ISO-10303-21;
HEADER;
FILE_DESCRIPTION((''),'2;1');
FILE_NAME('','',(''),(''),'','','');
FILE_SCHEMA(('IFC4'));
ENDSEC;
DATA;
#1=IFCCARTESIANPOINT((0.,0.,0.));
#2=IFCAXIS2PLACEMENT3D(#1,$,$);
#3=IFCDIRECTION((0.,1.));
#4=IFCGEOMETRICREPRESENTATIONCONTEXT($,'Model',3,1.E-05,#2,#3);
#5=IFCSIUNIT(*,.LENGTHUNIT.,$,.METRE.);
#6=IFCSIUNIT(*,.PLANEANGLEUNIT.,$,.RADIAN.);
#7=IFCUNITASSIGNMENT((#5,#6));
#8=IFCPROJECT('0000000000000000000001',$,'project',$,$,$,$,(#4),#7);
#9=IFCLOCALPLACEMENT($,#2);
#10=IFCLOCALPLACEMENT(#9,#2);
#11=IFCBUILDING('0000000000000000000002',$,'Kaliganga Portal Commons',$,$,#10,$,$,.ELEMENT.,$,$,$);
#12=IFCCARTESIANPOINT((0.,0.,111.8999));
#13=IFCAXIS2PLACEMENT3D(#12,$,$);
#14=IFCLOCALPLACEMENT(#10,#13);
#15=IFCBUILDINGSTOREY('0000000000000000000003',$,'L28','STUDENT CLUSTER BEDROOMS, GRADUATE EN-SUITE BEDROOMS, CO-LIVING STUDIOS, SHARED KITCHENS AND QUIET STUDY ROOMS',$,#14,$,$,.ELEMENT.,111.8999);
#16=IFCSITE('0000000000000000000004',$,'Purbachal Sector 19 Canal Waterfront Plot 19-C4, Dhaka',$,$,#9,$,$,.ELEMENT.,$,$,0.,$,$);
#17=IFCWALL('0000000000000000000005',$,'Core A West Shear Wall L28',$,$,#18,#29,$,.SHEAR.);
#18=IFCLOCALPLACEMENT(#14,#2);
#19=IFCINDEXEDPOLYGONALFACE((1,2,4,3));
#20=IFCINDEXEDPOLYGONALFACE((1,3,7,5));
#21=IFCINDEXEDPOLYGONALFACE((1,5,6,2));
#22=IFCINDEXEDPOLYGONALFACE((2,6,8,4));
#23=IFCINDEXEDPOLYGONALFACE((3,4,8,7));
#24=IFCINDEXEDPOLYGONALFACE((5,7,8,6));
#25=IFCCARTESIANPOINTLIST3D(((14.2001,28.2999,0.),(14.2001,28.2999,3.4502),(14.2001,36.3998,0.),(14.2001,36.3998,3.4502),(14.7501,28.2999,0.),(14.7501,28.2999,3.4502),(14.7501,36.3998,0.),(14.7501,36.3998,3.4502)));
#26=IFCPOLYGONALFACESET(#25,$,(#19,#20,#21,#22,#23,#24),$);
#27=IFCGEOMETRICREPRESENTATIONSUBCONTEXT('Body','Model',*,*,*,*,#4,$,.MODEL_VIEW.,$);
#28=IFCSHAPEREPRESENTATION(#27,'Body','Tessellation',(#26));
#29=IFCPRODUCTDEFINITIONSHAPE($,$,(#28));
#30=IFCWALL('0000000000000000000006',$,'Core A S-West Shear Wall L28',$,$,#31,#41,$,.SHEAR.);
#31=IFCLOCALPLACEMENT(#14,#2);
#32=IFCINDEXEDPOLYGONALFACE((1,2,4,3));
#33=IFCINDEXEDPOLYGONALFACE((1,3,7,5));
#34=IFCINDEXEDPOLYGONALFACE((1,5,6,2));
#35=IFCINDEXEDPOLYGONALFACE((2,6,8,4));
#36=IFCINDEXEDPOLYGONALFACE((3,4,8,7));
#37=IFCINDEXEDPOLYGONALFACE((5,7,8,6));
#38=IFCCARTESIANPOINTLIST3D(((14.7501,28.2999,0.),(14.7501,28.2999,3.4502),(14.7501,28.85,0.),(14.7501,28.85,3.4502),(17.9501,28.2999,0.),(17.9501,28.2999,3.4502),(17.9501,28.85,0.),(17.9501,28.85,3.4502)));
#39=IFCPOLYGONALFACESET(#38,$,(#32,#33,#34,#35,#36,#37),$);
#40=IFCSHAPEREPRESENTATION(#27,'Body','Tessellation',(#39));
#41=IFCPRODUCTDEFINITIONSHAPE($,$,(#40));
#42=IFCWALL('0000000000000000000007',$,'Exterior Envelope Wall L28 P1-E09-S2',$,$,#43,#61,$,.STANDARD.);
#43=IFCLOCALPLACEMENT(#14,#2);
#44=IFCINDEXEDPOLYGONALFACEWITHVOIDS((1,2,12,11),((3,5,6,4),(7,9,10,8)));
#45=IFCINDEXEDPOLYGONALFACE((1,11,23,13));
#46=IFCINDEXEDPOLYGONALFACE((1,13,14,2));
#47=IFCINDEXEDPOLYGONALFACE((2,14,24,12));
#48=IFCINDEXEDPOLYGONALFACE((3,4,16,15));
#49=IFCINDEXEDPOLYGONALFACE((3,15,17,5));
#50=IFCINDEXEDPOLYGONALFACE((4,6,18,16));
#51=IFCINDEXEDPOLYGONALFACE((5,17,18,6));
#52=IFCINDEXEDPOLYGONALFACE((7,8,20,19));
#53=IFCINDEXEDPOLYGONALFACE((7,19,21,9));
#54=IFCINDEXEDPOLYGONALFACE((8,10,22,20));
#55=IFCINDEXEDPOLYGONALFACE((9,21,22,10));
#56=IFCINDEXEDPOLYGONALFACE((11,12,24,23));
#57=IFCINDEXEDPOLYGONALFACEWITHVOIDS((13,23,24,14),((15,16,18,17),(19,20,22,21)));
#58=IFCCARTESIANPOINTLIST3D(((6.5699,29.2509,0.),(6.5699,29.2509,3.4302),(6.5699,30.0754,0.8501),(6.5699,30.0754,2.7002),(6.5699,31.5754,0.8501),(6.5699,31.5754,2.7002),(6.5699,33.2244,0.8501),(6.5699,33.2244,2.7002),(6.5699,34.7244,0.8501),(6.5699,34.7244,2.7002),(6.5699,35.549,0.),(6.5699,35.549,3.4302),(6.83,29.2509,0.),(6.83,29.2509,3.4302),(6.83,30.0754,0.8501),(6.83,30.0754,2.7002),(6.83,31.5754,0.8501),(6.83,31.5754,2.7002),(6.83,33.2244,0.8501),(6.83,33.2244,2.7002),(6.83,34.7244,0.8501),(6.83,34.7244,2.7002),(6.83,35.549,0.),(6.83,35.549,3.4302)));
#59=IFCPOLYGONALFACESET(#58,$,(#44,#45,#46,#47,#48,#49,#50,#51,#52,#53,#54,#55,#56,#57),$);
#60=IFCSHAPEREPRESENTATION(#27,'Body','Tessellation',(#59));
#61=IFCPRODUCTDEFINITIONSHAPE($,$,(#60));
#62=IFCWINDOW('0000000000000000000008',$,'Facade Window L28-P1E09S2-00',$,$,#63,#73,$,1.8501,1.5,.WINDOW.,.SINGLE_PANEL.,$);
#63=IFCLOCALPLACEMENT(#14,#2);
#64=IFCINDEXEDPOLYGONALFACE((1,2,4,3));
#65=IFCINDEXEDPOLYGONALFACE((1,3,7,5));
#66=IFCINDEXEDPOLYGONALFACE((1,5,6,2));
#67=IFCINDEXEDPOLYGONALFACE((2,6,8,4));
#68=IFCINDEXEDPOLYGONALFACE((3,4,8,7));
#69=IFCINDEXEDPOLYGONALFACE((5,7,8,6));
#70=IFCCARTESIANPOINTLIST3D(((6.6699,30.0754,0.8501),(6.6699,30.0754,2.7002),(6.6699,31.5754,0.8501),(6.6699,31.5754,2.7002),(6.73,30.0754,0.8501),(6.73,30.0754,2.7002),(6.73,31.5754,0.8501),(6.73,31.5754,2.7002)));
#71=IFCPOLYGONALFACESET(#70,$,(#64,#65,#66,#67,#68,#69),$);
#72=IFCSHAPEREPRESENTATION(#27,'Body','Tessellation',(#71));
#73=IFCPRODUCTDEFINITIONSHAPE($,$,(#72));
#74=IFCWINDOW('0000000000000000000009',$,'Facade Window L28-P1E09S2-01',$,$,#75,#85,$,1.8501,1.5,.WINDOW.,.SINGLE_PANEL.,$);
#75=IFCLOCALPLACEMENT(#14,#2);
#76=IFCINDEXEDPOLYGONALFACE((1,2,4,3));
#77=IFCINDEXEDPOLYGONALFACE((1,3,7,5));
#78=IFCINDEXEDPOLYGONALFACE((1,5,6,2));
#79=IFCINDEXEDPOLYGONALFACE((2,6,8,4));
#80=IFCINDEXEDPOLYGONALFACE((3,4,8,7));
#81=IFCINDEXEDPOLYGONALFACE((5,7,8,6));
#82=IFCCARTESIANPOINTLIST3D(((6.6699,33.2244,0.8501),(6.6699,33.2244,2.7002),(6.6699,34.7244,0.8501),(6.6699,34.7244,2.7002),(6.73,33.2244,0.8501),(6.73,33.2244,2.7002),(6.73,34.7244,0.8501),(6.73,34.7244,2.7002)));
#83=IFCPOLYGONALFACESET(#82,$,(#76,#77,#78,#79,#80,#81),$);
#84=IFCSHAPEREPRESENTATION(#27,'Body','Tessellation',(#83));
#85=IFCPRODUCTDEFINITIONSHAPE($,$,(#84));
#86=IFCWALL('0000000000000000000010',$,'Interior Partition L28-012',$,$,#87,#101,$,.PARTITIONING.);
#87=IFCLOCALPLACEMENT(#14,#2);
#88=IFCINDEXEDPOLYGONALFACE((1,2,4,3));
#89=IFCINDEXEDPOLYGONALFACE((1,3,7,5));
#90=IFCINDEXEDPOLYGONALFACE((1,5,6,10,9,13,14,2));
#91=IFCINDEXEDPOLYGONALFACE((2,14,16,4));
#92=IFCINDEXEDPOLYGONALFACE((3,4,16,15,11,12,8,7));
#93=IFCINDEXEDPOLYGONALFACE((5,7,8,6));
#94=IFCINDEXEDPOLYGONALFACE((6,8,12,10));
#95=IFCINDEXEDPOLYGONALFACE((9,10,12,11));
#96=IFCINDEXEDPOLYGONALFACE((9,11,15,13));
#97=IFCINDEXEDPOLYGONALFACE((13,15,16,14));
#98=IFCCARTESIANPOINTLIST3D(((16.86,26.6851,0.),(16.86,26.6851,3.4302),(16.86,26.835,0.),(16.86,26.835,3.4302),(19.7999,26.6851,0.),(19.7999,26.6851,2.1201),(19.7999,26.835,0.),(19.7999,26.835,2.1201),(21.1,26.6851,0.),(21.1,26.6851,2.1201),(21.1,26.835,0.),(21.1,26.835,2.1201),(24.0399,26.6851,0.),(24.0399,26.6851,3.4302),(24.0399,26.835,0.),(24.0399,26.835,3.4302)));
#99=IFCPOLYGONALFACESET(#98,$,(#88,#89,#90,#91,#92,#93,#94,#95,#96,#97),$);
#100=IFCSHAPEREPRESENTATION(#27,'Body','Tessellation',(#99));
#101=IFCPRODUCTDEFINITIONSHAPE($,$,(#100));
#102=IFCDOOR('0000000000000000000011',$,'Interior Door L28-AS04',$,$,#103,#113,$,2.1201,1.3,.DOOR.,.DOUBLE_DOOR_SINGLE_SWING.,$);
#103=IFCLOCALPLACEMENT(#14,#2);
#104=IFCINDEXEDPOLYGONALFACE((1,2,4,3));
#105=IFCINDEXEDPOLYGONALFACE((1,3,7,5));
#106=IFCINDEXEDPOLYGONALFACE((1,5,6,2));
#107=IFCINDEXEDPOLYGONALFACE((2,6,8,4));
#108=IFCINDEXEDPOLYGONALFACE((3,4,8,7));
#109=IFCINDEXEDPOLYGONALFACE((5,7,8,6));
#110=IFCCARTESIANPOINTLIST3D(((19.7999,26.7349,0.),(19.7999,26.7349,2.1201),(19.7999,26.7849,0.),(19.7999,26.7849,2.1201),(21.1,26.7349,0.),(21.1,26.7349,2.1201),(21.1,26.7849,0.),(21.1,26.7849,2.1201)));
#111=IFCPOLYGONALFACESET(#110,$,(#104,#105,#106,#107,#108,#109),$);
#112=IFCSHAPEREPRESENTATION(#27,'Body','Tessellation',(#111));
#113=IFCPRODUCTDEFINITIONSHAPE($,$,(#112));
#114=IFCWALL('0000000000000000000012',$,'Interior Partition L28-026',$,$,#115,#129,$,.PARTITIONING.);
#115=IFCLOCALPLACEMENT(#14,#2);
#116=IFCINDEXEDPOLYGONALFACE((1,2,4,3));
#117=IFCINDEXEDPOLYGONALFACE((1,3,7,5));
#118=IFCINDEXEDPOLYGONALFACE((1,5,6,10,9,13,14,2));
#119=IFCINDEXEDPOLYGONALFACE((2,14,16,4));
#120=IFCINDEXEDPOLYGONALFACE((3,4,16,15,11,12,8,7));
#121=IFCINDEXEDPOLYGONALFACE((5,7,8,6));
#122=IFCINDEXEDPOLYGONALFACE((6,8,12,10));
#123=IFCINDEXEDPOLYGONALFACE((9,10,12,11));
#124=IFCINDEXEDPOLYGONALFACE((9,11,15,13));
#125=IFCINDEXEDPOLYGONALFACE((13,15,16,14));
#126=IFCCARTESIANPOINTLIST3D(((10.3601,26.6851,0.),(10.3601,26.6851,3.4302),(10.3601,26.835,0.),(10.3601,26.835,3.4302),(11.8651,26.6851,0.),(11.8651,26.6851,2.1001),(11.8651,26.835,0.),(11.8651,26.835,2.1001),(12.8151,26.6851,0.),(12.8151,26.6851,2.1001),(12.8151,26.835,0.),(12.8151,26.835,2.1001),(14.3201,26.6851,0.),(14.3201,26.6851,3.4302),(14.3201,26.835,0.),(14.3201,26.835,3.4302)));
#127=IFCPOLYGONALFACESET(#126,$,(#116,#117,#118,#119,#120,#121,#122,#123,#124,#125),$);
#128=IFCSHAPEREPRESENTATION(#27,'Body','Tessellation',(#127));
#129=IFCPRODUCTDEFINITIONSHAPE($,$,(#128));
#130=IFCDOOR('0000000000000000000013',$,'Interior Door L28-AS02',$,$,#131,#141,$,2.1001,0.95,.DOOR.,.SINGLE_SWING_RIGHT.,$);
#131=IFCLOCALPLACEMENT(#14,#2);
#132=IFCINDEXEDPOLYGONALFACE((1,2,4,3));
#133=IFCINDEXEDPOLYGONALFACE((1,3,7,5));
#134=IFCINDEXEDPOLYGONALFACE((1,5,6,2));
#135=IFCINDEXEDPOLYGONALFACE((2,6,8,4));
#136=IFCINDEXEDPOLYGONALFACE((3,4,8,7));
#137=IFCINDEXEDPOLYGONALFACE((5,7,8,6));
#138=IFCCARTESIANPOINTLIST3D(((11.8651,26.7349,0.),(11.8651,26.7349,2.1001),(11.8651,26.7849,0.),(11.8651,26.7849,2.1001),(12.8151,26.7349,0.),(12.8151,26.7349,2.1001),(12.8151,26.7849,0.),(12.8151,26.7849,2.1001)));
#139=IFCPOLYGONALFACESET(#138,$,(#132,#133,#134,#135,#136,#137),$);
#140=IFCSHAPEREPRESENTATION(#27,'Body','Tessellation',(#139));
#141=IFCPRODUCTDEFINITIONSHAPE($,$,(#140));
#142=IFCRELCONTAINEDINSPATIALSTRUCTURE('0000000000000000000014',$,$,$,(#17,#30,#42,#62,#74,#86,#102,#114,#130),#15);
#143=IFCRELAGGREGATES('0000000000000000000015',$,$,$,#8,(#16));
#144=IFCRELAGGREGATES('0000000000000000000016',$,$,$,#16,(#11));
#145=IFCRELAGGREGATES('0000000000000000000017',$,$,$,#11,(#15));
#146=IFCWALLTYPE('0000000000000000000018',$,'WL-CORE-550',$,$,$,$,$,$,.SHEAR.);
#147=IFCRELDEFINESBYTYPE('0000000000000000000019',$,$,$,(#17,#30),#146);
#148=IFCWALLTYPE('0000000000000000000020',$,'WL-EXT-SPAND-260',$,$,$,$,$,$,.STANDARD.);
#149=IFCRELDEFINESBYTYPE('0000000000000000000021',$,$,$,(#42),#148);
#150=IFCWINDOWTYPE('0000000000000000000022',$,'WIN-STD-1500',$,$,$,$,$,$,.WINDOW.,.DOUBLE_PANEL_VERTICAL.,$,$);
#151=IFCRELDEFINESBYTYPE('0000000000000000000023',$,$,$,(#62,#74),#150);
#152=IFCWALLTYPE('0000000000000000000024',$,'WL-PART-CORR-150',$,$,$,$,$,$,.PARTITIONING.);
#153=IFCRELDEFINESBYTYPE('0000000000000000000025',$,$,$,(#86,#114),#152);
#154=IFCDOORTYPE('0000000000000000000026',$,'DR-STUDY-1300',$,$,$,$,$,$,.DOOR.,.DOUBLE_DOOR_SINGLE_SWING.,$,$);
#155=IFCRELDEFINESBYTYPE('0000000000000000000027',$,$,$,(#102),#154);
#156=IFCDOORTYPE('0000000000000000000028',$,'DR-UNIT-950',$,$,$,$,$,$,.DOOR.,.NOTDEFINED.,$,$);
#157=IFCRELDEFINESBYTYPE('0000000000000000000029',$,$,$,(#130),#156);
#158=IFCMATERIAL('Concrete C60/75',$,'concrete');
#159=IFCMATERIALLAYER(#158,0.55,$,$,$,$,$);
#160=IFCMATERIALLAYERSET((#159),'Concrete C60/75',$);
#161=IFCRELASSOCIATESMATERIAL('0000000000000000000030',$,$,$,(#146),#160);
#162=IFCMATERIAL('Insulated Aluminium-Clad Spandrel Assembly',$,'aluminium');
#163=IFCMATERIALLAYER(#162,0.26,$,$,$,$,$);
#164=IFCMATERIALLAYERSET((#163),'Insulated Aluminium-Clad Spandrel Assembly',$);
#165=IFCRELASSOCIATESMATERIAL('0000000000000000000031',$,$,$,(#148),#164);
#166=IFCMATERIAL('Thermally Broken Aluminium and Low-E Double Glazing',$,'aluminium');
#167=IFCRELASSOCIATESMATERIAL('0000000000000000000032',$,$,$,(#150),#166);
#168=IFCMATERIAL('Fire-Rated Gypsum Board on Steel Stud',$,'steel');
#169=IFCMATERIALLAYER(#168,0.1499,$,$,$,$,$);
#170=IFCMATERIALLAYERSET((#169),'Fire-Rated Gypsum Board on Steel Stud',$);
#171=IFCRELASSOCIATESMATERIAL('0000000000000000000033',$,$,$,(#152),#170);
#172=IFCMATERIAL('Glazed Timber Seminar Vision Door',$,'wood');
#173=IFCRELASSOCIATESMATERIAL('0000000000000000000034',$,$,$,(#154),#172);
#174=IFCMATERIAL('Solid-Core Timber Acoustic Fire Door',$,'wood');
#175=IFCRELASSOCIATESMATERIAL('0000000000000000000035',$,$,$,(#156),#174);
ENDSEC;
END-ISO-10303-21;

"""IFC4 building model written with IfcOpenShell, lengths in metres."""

from ifc_helpers import new_model, si_unit, direction, frame, frame_2d, origin, place, context, subcontext, project, spatial, rectangle, extrude, material, layer, layer_set, type_object, element, fill, save


model = new_model("IFC4")

# Units and contexts
model_context = context("Model", 3, precision=1e-05, world=origin(), true_north=direction((0.0, 1.0)))
body_context = subcontext(model_context, "Body", "Model", "MODEL_VIEW")
ifc_project = project(units=[si_unit("LENGTHUNIT", "METRE"), si_unit("PLANEANGLEUNIT", "RADIAN")], contexts=[model_context])

# Site, building, storey
site_placement = place(None, origin())
site = spatial("IfcSite", under=ifc_project, at=site_placement, Name="Purbachal Sector 19 Canal Waterfront Plot 19-C4, Dhaka", CompositionType="ELEMENT", RefElevation=0.0)
building_placement = place(site_placement, origin())
building = spatial("IfcBuilding", under=site, at=building_placement, Name="Kaliganga Portal Commons", CompositionType="ELEMENT")
storey_placement = place(building_placement, frame((0.0, 0.0, 111.8999)))
storey = spatial("IfcBuildingStorey", under=building, at=storey_placement, Name="L28", Description="STUDENT CLUSTER BEDROOMS, GRADUATE EN-SUITE BEDROOMS, CO-LIVING STUDIOS, SHARED KITCHENS AND QUIET STUDY ROOMS", CompositionType="ELEMENT", Elevation=111.8999)

# Shared definitions
ifc_material_1 = material(Name="Concrete C60/75", Category="concrete")

# Walls
ifc_layer_1 = layer(ifc_material_1, 0.55)
ifc_layer_set_1 = layer_set([ifc_layer_1], Name="Concrete C60/75")
wall_type_1 = type_object("IfcWallType", Name="WL-CORE-550", PredefinedType="SHEAR", material=ifc_layer_set_1)
wall_1_placement = place(storey_placement, frame((14.4751, 28.3, 0.0), z_axis=(0.0, 0.0, 1.0), x_axis=(0.0, 1.0, 0.0)))
element("IfcWall", 1, at=wall_1_placement, inside=storey, type_object=wall_type_1, Name="Core A West Shear Wall L28", PredefinedType="SHEAR", context=body_context, shape_type="SweptSolid", body=[
    extrude(rectangle(XDim=8.0999, YDim=0.55, at=frame_2d((4.0498, 0.0))), origin(), (0.0, 0.0, 1.0), 3.4502),
])
wall_2_placement = place(storey_placement, frame((14.75, 28.575, 0.0), z_axis=(0.0, 0.0, 1.0), x_axis=(1.0, 0.0, 0.0)))
element("IfcWall", 2, at=wall_2_placement, inside=storey, type_object=wall_type_1, Name="Core A S-West Shear Wall L28", PredefinedType="SHEAR", context=body_context, shape_type="SweptSolid", body=[
    extrude(rectangle(XDim=3.2, YDim=0.55, at=frame_2d((1.6001, 0.0))), origin(), (0.0, 0.0, 1.0), 3.4502),
])

# Wall, openings, windows
ifc_material_2 = material(Name="Insulated Aluminium-Clad Spandrel Assembly", Category="aluminium")
ifc_layer_2 = layer(ifc_material_2, 0.26)
ifc_layer_set_2 = layer_set([ifc_layer_2], Name="Insulated Aluminium-Clad Spandrel Assembly")
wall_type_2 = type_object("IfcWallType", Name="WL-EXT-SPAND-260", PredefinedType="STANDARD", material=ifc_layer_set_2)
wall_3_placement = place(storey_placement, frame((6.7, 29.251, 0.0), z_axis=(0.0, 0.0, 1.0), x_axis=(0.0, 1.0, 0.0)))
wall_3 = element("IfcWall", 3, at=wall_3_placement, inside=storey, type_object=wall_type_2, Name="Exterior Envelope Wall L28 P1-E09-S2", PredefinedType="STANDARD", context=body_context, shape_type="SweptSolid", body=[
    extrude(rectangle(XDim=6.2981, YDim=0.26, at=frame_2d((3.1489, 0.0))), origin(), (0.0, 0.0, 1.0), 3.4302),
])
opening_1_placement = place(wall_3_placement, frame((0.8245, 0.0, 0.8501)))
opening_1 = element("IfcOpeningElement", 4, at=opening_1_placement, cuts=wall_3, PredefinedType="OPENING", context=body_context, shape_type="SweptSolid", body=[
    extrude(rectangle(XDim=1.5, YDim=1.8501, at=frame_2d((0.75, 0.925))), frame((0.0, 0.1401, 0.0), z_axis=(0.0, -1.0, 0.0), x_axis=(1.0, 0.0, 0.0)), (0.0, 0.0, 1.0), 0.28),
])
opening_2_placement = place(wall_3_placement, frame((3.9734, 0.0, 0.8501)))
opening_2 = element("IfcOpeningElement", 5, at=opening_2_placement, cuts=wall_3, PredefinedType="OPENING", context=body_context, shape_type="SweptSolid", body=[
    extrude(rectangle(XDim=1.5, YDim=1.8501, at=frame_2d((0.75, 0.925))), frame((0.0, 0.1401, 0.0), z_axis=(0.0, -1.0, 0.0), x_axis=(1.0, 0.0, 0.0)), (0.0, 0.0, 1.0), 0.28),
])
ifc_material_3 = material(Name="Thermally Broken Aluminium and Low-E Double Glazing", Category="aluminium")
window_type = type_object("IfcWindowType", Name="WIN-STD-1500", PartitioningType="DOUBLE_PANEL_VERTICAL", PredefinedType="WINDOW", material=ifc_material_3)
window_1_placement = place(opening_1_placement, origin())
window_1 = element("IfcWindow", 6, at=window_1_placement, inside=storey, type_object=window_type, Name="Facade Window L28-P1E09S2-00", OverallHeight=1.8501, OverallWidth=1.5, PartitioningType="SINGLE_PANEL", PredefinedType="WINDOW", context=body_context, shape_type="SweptSolid", body=[
    extrude(rectangle(XDim=1.5, YDim=1.8501, at=frame_2d((0.75, 0.925))), frame((0.0, 0.03, 0.0), z_axis=(0.0, -1.0, 0.0), x_axis=(1.0, 0.0, 0.0)), (0.0, 0.0, 1.0), 0.0601),
])
fill(opening_1, window_1)
window_2_placement = place(opening_2_placement, origin())
window_2 = element("IfcWindow", 7, at=window_2_placement, inside=storey, type_object=window_type, Name="Facade Window L28-P1E09S2-01", OverallHeight=1.8501, OverallWidth=1.5, PartitioningType="SINGLE_PANEL", PredefinedType="WINDOW", context=body_context, shape_type="SweptSolid", body=[
    extrude(rectangle(XDim=1.5, YDim=1.8501, at=frame_2d((0.75, 0.925))), frame((0.0, 0.03, 0.0), z_axis=(0.0, -1.0, 0.0), x_axis=(1.0, 0.0, 0.0)), (0.0, 0.0, 1.0), 0.0601),
])
fill(opening_2, window_2)

# Walls, openings, doors
ifc_material_4 = material(Name="Fire-Rated Gypsum Board on Steel Stud", Category="steel")
ifc_layer_3 = layer(ifc_material_4, 0.1499)
ifc_layer_set_3 = layer_set([ifc_layer_3], Name="Fire-Rated Gypsum Board on Steel Stud")
wall_type_3 = type_object("IfcWallType", Name="WL-PART-CORR-150", PredefinedType="PARTITIONING", material=ifc_layer_set_3)
wall_4_placement = place(storey_placement, frame((16.8601, 26.76, 0.0), z_axis=(0.0, 0.0, 1.0), x_axis=(1.0, 0.0, 0.0)))
wall_4 = element("IfcWall", 8, at=wall_4_placement, inside=storey, type_object=wall_type_3, Name="Interior Partition L28-012", PredefinedType="PARTITIONING", context=body_context, shape_type="SweptSolid", body=[
    extrude(rectangle(XDim=7.1799, YDim=0.1499, at=frame_2d((3.5898, 0.0))), origin(), (0.0, 0.0, 1.0), 3.4302),
])
opening_3_placement = place(wall_4_placement, frame((2.9399, 0.0, 0.0)))
opening_3 = element("IfcOpeningElement", 9, at=opening_3_placement, cuts=wall_4, PredefinedType="OPENING", context=body_context, shape_type="SweptSolid", body=[
    extrude(rectangle(XDim=1.3, YDim=2.1201, at=frame_2d((0.6499, 1.0601))), frame((0.0, 0.085, 0.0), z_axis=(0.0, -1.0, 0.0), x_axis=(1.0, 0.0, 0.0)), (0.0, 0.0, 1.0), 0.1699),
])
ifc_material_5 = material(Name="Glazed Timber Seminar Vision Door", Category="wood")
door_type_1 = type_object("IfcDoorType", Name="DR-STUDY-1300", OperationType="DOUBLE_DOOR_SINGLE_SWING", PredefinedType="DOOR", material=ifc_material_5)
door_1_placement = place(opening_3_placement, origin())
door_1 = element("IfcDoor", 10, at=door_1_placement, inside=storey, type_object=door_type_1, Name="Interior Door L28-AS04", OperationType="DOUBLE_DOOR_SINGLE_SWING", OverallHeight=2.1201, OverallWidth=1.3, PredefinedType="DOOR", context=body_context, shape_type="SweptSolid", body=[
    extrude(rectangle(XDim=1.3, YDim=2.1201, at=frame_2d((0.6499, 1.0601))), frame((0.0, 0.0249, 0.0), z_axis=(0.0, -1.0, 0.0), x_axis=(1.0, 0.0, 0.0)), (0.0, 0.0, 1.0), 0.05),
])
fill(opening_3, door_1)
wall_5_placement = place(storey_placement, frame((10.3601, 26.76, 0.0), z_axis=(0.0, 0.0, 1.0), x_axis=(1.0, 0.0, 0.0)))
wall_5 = element("IfcWall", 11, at=wall_5_placement, inside=storey, type_object=wall_type_3, Name="Interior Partition L28-026", PredefinedType="PARTITIONING", context=body_context, shape_type="SweptSolid", body=[
    extrude(rectangle(XDim=3.96, YDim=0.1499, at=frame_2d((1.98, 0.0))), origin(), (0.0, 0.0, 1.0), 3.4302),
])
opening_4_placement = place(wall_5_placement, frame((1.5049, 0.0, 0.0)))
opening_4 = element("IfcOpeningElement", 12, at=opening_4_placement, cuts=wall_5, PredefinedType="OPENING", context=body_context, shape_type="SweptSolid", body=[
    extrude(rectangle(XDim=0.95, YDim=2.1001, at=frame_2d((0.4751, 1.05))), frame((0.0, 0.085, 0.0), z_axis=(0.0, -1.0, 0.0), x_axis=(1.0, 0.0, 0.0)), (0.0, 0.0, 1.0), 0.1699),
])
ifc_material_6 = material(Name="Solid-Core Timber Acoustic Fire Door", Category="wood")
door_type_2 = type_object("IfcDoorType", Name="DR-UNIT-950", OperationType="NOTDEFINED", PredefinedType="DOOR", material=ifc_material_6)
door_2_placement = place(opening_4_placement, origin())
door_2 = element("IfcDoor", 13, at=door_2_placement, inside=storey, type_object=door_type_2, Name="Interior Door L28-AS02", OperationType="SINGLE_SWING_RIGHT", OverallHeight=2.1001, OverallWidth=0.95, PredefinedType="DOOR", context=body_context, shape_type="SweptSolid", body=[
    extrude(rectangle(XDim=0.95, YDim=2.1001, at=frame_2d((0.4751, 1.05))), frame((0.0, 0.0249, 0.0), z_axis=(0.0, -1.0, 0.0), x_axis=(1.0, 0.0, 0.0)), (0.0, 0.0, 1.0), 0.05),
])
fill(opening_4, door_2)

save(model, "model.ifc")
